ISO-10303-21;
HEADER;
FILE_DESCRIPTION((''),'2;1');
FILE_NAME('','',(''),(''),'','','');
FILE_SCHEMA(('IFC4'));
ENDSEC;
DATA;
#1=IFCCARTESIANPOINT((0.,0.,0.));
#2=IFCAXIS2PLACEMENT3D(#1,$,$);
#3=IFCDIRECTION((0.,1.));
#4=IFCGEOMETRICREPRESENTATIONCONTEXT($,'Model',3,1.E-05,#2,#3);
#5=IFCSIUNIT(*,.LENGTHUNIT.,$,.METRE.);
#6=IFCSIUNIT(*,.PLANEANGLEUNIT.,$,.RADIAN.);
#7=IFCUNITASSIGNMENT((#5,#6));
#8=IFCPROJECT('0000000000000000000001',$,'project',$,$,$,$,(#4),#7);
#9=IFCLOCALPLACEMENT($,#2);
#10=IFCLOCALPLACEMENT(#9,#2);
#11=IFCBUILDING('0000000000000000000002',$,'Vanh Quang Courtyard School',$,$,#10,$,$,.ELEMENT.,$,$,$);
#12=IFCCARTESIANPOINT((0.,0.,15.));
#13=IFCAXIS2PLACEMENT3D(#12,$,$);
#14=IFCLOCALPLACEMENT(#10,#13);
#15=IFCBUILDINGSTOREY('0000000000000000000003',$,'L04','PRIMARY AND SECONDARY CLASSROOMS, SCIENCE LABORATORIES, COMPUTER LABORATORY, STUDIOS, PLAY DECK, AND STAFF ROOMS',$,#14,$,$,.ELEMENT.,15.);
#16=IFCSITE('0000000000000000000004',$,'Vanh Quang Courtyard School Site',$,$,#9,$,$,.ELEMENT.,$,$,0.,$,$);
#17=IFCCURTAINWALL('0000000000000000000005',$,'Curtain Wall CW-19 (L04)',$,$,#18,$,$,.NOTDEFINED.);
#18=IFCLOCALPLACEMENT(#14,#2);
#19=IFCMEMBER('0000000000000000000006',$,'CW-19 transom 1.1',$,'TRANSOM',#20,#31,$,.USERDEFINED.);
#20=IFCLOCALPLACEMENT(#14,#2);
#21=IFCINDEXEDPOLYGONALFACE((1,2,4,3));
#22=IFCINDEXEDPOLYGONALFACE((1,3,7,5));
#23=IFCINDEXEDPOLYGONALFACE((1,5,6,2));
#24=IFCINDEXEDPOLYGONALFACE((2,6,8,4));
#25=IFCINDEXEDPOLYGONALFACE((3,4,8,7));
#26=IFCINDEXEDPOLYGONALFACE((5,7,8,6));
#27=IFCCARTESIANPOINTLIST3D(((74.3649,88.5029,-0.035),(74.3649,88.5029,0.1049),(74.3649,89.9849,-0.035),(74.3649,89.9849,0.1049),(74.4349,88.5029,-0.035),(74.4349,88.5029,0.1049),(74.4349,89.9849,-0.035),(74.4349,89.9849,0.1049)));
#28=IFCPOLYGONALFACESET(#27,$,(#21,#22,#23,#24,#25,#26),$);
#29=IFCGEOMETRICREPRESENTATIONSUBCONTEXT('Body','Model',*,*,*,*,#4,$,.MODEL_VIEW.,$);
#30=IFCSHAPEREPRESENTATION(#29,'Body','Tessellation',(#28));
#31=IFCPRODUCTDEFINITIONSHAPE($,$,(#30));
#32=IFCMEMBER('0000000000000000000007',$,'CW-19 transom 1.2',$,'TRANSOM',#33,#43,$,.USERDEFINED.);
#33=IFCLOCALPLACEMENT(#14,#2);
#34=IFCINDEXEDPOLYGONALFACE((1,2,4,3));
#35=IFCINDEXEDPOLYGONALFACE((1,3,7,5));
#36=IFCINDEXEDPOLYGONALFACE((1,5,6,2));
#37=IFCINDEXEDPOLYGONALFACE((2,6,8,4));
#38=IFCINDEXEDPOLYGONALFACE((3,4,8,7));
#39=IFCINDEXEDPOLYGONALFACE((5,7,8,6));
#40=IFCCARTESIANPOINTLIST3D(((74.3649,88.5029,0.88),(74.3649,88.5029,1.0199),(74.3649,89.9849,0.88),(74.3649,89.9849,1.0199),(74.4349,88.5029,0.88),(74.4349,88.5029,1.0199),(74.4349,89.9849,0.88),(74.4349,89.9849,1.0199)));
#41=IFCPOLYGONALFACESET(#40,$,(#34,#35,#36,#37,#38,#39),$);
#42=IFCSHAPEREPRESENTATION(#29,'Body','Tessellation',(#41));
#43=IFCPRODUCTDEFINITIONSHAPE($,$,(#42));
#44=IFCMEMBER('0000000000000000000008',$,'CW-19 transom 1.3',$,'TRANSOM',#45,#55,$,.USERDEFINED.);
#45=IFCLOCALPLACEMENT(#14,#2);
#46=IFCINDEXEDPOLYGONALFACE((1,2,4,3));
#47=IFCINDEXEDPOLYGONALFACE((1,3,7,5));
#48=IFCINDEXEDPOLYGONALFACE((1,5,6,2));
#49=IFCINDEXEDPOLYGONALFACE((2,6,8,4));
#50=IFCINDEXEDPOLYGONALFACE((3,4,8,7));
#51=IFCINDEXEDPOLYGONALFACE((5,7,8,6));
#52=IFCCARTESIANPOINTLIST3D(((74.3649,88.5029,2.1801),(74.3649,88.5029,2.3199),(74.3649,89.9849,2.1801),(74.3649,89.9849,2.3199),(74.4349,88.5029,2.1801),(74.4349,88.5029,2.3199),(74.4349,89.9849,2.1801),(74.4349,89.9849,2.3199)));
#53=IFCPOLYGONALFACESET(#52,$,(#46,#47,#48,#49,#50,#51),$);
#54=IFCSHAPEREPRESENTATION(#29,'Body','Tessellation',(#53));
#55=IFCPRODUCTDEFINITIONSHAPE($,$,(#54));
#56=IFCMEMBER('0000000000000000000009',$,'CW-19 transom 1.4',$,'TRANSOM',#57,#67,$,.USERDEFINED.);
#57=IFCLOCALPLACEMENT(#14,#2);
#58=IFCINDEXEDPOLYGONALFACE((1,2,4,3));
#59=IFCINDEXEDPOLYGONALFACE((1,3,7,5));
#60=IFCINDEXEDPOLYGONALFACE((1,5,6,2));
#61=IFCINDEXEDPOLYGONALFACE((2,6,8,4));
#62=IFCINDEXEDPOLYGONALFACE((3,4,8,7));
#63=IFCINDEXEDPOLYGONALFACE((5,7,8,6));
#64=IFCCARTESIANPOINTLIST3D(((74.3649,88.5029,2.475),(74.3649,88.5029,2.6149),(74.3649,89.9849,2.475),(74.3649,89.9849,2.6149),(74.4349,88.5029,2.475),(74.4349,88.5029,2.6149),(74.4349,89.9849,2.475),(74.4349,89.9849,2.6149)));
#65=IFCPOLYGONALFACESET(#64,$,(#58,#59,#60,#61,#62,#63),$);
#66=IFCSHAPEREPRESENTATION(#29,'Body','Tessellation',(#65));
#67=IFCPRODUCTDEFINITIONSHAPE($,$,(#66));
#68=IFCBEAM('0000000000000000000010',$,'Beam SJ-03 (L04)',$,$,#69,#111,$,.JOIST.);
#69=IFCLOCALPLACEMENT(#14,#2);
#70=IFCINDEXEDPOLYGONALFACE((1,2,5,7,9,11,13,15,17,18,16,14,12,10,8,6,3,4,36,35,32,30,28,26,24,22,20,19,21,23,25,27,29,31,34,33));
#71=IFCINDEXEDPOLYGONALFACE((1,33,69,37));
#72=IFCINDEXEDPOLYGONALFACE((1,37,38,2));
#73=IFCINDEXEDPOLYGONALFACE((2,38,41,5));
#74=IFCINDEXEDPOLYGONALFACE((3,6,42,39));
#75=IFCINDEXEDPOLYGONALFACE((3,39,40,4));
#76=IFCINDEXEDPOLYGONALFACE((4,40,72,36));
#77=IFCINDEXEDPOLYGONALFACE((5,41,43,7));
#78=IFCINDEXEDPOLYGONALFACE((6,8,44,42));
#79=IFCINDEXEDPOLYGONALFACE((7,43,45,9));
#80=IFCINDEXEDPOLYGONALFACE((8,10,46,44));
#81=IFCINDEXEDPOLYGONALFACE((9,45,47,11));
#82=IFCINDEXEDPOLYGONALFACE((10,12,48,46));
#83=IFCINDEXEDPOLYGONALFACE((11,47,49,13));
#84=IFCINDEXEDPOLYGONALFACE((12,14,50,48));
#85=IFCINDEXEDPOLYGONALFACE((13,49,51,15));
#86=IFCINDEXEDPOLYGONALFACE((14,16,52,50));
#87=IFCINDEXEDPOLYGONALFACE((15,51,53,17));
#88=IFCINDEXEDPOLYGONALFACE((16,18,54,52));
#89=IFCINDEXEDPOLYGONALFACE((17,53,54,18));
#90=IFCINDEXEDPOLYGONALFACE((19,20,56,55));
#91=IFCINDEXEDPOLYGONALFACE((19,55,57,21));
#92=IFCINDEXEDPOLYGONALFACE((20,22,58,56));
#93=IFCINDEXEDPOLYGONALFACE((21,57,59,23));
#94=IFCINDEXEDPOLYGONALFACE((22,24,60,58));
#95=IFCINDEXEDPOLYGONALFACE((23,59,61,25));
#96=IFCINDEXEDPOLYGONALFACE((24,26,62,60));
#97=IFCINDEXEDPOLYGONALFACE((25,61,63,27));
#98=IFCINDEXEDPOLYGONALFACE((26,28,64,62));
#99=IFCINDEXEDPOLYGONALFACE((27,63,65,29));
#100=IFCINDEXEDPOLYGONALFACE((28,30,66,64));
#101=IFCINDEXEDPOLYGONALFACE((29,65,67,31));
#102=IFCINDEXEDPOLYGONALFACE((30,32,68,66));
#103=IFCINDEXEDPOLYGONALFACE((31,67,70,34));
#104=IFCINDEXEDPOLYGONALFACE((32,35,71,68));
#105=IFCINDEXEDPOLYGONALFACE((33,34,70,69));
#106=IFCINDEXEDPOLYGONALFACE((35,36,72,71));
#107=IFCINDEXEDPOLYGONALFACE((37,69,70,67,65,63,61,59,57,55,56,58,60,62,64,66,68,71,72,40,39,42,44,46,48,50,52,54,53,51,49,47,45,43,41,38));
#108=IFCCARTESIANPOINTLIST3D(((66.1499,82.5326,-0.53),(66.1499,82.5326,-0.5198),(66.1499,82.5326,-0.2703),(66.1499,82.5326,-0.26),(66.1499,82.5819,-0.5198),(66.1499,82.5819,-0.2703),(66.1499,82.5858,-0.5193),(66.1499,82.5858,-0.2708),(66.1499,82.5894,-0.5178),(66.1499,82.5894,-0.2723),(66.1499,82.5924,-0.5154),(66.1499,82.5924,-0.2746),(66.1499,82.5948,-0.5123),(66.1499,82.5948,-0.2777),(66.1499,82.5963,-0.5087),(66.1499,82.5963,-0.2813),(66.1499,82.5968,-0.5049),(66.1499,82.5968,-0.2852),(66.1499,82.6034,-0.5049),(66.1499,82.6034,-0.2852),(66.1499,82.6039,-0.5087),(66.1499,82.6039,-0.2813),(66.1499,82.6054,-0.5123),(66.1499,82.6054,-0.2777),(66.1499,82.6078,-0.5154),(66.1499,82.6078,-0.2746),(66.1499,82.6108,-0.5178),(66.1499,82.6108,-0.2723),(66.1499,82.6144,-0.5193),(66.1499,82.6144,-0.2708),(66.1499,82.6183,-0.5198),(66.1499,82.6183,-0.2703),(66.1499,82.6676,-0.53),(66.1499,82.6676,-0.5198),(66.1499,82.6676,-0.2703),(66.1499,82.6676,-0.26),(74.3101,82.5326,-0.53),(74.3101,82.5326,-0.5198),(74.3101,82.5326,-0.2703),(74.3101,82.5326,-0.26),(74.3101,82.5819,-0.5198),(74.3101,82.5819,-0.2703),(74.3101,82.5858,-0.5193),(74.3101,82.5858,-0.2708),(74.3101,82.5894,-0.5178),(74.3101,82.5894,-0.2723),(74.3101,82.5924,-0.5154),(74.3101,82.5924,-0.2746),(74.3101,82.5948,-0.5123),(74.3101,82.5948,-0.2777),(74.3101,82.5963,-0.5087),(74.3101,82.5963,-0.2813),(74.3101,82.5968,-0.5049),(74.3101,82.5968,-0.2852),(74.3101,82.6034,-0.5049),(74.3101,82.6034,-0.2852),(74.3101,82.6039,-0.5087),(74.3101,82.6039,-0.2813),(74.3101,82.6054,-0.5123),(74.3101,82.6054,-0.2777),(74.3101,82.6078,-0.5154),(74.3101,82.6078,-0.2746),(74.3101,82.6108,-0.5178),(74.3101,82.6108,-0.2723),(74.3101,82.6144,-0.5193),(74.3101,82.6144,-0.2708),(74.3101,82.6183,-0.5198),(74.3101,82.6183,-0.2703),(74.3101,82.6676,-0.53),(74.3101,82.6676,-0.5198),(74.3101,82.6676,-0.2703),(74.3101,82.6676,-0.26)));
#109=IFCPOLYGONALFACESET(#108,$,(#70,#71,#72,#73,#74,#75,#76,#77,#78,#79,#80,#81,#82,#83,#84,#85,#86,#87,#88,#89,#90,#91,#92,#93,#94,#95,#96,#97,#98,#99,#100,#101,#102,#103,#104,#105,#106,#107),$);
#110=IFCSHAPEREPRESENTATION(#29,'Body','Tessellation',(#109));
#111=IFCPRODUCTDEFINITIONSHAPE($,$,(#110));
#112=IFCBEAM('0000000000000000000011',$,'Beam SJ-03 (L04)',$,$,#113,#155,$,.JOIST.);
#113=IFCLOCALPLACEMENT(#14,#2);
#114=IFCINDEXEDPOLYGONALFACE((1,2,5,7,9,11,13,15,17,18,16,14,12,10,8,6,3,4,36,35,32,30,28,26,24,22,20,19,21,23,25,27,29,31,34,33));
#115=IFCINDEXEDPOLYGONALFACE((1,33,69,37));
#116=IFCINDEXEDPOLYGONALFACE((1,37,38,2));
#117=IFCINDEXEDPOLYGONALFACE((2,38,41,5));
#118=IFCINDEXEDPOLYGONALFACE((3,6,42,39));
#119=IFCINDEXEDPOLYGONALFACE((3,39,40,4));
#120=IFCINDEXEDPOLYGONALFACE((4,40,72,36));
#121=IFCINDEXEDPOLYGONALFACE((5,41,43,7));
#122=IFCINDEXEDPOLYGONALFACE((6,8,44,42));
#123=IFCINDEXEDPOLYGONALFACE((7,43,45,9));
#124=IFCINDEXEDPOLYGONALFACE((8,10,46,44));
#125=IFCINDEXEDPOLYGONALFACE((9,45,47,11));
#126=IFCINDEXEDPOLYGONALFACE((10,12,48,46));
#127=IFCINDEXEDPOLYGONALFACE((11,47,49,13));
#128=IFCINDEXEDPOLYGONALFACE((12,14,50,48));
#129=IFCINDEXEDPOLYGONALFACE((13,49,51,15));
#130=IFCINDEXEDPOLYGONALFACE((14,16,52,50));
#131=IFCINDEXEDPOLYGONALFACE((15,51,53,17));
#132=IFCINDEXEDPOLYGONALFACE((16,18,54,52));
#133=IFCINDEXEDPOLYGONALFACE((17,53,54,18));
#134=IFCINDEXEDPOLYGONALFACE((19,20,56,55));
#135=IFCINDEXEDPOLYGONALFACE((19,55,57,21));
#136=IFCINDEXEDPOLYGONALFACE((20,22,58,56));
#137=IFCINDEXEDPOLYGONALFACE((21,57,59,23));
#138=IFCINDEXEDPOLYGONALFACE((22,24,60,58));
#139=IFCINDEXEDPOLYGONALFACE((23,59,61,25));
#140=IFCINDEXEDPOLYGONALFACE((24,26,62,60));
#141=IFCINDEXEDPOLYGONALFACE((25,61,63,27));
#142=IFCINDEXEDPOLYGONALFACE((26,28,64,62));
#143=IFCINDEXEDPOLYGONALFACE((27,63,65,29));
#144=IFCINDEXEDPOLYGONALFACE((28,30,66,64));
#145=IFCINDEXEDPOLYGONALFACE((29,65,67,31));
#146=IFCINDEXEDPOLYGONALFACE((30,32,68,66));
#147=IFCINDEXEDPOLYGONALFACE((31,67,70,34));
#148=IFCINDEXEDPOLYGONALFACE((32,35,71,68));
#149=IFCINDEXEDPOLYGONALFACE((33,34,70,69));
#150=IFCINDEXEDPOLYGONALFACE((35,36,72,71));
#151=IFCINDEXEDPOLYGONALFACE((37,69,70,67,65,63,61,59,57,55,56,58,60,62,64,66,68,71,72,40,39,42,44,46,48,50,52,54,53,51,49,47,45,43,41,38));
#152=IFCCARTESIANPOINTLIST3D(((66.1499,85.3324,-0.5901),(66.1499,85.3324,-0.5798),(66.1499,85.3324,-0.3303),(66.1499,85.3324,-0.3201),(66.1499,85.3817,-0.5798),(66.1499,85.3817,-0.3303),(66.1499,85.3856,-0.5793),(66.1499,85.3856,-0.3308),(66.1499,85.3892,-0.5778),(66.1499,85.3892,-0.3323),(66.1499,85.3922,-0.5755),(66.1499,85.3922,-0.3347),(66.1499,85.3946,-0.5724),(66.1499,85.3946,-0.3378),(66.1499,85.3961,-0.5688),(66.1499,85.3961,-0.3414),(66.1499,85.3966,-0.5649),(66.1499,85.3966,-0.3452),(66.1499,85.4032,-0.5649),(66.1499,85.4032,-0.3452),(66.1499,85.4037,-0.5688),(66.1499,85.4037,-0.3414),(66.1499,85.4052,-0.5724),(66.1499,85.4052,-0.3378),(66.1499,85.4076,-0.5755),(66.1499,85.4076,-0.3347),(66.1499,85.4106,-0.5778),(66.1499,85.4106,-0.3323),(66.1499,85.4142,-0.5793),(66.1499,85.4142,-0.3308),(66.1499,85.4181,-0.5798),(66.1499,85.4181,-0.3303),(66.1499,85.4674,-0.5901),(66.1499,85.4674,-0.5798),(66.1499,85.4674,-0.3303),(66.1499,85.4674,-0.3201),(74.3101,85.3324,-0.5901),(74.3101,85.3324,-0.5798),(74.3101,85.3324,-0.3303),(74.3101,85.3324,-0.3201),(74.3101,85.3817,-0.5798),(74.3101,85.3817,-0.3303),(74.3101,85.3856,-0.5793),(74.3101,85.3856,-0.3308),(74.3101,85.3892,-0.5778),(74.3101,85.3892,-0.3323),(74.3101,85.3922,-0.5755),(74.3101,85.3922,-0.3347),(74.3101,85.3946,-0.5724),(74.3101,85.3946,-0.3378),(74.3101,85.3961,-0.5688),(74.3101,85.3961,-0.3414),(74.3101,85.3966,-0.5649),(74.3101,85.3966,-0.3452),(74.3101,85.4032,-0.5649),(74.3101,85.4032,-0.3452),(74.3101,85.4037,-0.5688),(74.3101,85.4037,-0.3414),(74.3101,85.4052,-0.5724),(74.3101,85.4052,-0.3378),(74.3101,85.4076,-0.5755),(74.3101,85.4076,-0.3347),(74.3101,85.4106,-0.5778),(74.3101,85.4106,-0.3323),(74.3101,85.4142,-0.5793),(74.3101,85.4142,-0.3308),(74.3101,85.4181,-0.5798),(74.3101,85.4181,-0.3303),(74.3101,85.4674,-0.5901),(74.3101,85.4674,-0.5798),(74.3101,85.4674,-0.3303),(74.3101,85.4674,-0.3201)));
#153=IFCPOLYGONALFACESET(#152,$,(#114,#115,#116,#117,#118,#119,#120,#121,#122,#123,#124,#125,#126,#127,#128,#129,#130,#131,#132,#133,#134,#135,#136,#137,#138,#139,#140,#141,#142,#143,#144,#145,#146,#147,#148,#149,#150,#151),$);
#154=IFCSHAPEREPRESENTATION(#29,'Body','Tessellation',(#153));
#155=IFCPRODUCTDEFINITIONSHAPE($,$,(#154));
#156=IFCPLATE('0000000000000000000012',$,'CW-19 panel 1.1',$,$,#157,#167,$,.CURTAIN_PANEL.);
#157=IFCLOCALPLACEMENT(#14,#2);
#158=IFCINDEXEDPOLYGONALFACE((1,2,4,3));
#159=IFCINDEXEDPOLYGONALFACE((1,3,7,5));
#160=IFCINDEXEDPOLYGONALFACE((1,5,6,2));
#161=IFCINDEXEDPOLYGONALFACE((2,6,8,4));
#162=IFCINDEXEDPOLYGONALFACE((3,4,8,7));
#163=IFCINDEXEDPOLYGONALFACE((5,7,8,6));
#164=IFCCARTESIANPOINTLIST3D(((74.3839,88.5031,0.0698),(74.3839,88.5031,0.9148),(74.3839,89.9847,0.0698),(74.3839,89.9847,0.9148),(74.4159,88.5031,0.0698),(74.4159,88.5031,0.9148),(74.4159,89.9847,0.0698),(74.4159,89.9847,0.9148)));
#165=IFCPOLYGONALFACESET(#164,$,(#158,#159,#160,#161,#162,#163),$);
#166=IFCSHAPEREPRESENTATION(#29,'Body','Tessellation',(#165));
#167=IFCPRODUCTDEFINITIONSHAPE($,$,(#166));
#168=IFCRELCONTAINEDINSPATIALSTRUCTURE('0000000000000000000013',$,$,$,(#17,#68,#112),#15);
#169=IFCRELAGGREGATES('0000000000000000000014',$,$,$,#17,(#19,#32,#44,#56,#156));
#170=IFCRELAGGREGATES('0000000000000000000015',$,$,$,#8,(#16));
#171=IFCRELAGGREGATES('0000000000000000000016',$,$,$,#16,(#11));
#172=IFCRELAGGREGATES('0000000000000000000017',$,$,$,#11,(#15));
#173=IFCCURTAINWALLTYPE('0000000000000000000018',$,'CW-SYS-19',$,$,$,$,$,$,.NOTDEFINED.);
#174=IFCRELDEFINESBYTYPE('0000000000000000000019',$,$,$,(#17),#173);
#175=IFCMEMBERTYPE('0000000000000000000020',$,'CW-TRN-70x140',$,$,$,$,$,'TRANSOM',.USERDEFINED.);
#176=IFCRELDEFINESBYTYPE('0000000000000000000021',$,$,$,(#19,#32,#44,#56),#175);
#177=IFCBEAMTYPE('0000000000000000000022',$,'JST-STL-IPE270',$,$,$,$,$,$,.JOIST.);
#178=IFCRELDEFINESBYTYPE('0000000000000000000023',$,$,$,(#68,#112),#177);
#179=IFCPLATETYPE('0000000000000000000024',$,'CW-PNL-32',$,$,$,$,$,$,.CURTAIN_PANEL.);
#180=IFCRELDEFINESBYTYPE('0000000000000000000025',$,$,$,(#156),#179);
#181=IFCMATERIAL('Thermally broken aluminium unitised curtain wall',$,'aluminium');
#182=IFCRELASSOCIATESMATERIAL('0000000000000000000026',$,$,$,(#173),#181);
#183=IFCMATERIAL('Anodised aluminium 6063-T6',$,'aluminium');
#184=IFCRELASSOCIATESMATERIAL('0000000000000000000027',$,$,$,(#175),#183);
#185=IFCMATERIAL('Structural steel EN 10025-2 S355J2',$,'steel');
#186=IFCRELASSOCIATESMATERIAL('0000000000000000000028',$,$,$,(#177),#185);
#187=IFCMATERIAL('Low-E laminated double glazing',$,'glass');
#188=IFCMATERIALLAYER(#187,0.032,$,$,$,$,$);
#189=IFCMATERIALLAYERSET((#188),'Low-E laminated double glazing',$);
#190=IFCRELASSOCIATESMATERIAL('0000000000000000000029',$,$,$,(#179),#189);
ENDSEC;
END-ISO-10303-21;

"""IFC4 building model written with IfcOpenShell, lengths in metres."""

from ifc_helpers import new_model, si_unit, direction, frame, origin, origin_2d, place, context, subcontext, project, spatial, rectangle, i_section, extrude, material, layer, layer_set, material_profile, profile_set, type_object, element, aggregate, save


model = new_model("IFC4")

# Units and contexts
model_context = context("Model", 3, precision=1e-05, world=origin(), true_north=direction((0.0, 1.0)))
body_context = subcontext(model_context, "Body", "Model", "MODEL_VIEW")
ifc_project = project(units=[si_unit("LENGTHUNIT", "METRE"), si_unit("PLANEANGLEUNIT", "RADIAN")], contexts=[model_context])

# Site, building, storey
site_placement = place(None, origin())
site = spatial("IfcSite", under=ifc_project, at=site_placement, Name="Vanh Quang Courtyard School Site", CompositionType="ELEMENT", RefElevation=0.0)
building_placement = place(site_placement, origin())
building = spatial("IfcBuilding", under=site, at=building_placement, Name="Vanh Quang Courtyard School", CompositionType="ELEMENT")
storey_placement = place(building_placement, frame((0.0, 0.0, 15.0)))
storey = spatial("IfcBuildingStorey", under=building, at=storey_placement, Name="L04", Description="PRIMARY AND SECONDARY CLASSROOMS, SCIENCE LABORATORIES, COMPUTER LABORATORY, STUDIOS, PLAY DECK, AND STAFF ROOMS", CompositionType="ELEMENT", Elevation=15.0)

# Shared definitions
ifc_material_1 = material(Name="Structural steel EN 10025-2 S355J2", Category="steel")

# Curtain wall, members
ifc_material_2 = material(Name="Thermally broken aluminium unitised curtain wall", Category="aluminium")
curtain_wall_type = type_object("IfcCurtainWallType", Name="CW-SYS-19", PredefinedType="NOTDEFINED", material=ifc_material_2)
curtain_wall_placement = place(storey_placement, origin())
curtain_wall = element("IfcCurtainWall", 1, at=curtain_wall_placement, inside=storey, type_object=curtain_wall_type, Name="Curtain Wall CW-19 (L04)", PredefinedType="NOTDEFINED")
ifc_material_3 = material(Name="Anodised aluminium 6063-T6", Category="aluminium")
ifc_material_profile_1 = material_profile(ifc_material_3, rectangle(XDim=0.0701, YDim=0.1399, at=origin_2d()), Name="ALU-TRN 70x140")
ifc_profile_set_1 = profile_set([ifc_material_profile_1], Name="Anodised aluminium 6063-T6")
member_type_1 = type_object("IfcMemberType", Name="CW-TRN-70x140", ElementType="TRANSOM", PredefinedType="USERDEFINED", material=ifc_profile_set_1)
member_1_placement = place(storey_placement, frame((74.3999, 88.5029, 0.0349), z_axis=(0.0, 1.0, 0.0), x_axis=(-1.0, 0.0, 0.0)))
member_1 = element("IfcMember", 2, at=member_1_placement, type_object=member_type_1, Name="CW-19 transom 1.1", ObjectType="TRANSOM", PredefinedType="USERDEFINED", context=body_context, shape_type="SweptSolid", body=[
    extrude(rectangle(XDim=0.0701, YDim=0.1399, at=origin_2d()), origin(), (0.0, 0.0, 1.0), 1.4819),
])
member_2_placement = place(storey_placement, frame((74.3999, 88.5029, 0.95), z_axis=(0.0, 1.0, 0.0), x_axis=(-1.0, 0.0, 0.0)))
member_2 = element("IfcMember", 3, at=member_2_placement, type_object=member_type_1, Name="CW-19 transom 1.2", ObjectType="TRANSOM", PredefinedType="USERDEFINED", context=body_context, shape_type="SweptSolid", body=[
    extrude(rectangle(XDim=0.0701, YDim=0.1399, at=origin_2d()), origin(), (0.0, 0.0, 1.0), 1.4819),
])
member_3_placement = place(storey_placement, frame((74.3999, 88.5029, 2.25), z_axis=(0.0, 1.0, 0.0), x_axis=(-1.0, 0.0, 0.0)))
member_3 = element("IfcMember", 4, at=member_3_placement, type_object=member_type_1, Name="CW-19 transom 1.3", ObjectType="TRANSOM", PredefinedType="USERDEFINED", context=body_context, shape_type="SweptSolid", body=[
    extrude(rectangle(XDim=0.0701, YDim=0.1399, at=origin_2d()), origin(), (0.0, 0.0, 1.0), 1.4819),
])
member_4_placement = place(storey_placement, frame((74.3999, 88.5029, 2.5449), z_axis=(0.0, 1.0, 0.0), x_axis=(-1.0, 0.0, 0.0)))
member_4 = element("IfcMember", 5, at=member_4_placement, type_object=member_type_1, Name="CW-19 transom 1.4", ObjectType="TRANSOM", PredefinedType="USERDEFINED", context=body_context, shape_type="SweptSolid", body=[
    extrude(rectangle(XDim=0.0701, YDim=0.1399, at=origin_2d()), origin(), (0.0, 0.0, 1.0), 1.4819),
])

# Beams
ifc_material_profile_2 = material_profile(ifc_material_1, i_section(OverallWidth=0.135, OverallDepth=0.27, WebThickness=0.0066, FlangeThickness=0.0103, FilletRadius=0.0149, at=origin_2d()), Name="IPE 270")
ifc_profile_set_2 = profile_set([ifc_material_profile_2], Name="Structural steel EN 10025-2 S355J2")
beam_type_1 = type_object("IfcBeamType", Name="JST-STL-IPE270", PredefinedType="JOIST", material=ifc_profile_set_2)
for number, where, z_axis, x_axis, name in (
    (6, (66.1499, 82.6001, -0.395), (1.0, 0.0, 0.0), (0.0, 1.0, 0.0), "Beam SJ-03 (L04)"),
    (7, (66.1499, 85.3999, -0.4551), (1.0, 0.0, 0.0), (0.0, 1.0, 0.0), "Beam SJ-03 (L04)"),
):
    element("IfcBeam", number, at=place(storey_placement, frame(where, z_axis=z_axis, x_axis=x_axis)), inside=storey, type_object=beam_type_1, Name=name, PredefinedType="JOIST", context=body_context, shape_type="SweptSolid", body=[
        extrude(i_section(OverallWidth=0.135, OverallDepth=0.27, WebThickness=0.0066, FlangeThickness=0.0103, FilletRadius=0.0149, at=origin_2d()), origin(), (0.0, 0.0, 1.0), 8.1602),
    ])

# Plate
ifc_material_4 = material(Name="Low-E laminated double glazing", Category="glass")
ifc_layer_1 = layer(ifc_material_4, 0.032)
ifc_layer_set_1 = layer_set([ifc_layer_1], Name="Low-E laminated double glazing")
plate_type = type_object("IfcPlateType", Name="CW-PNL-32", PredefinedType="CURTAIN_PANEL", material=ifc_layer_set_1)
plate_placement = place(storey_placement, frame((74.3999, 89.2439, 0.0698), z_axis=(0.0, 0.0, 1.0), x_axis=(0.0, 1.0, 0.0)))
plate = element("IfcPlate", 8, at=plate_placement, type_object=plate_type, Name="CW-19 panel 1.1", PredefinedType="CURTAIN_PANEL", context=body_context, shape_type="SweptSolid", body=[
    extrude(rectangle(XDim=1.4817, YDim=0.032, at=origin_2d()), origin(), (0.0, 0.0, 1.0), 0.845),
])
aggregate(curtain_wall, [member_1, member_2, member_3, member_4, plate])

save(model, "model.ifc")
